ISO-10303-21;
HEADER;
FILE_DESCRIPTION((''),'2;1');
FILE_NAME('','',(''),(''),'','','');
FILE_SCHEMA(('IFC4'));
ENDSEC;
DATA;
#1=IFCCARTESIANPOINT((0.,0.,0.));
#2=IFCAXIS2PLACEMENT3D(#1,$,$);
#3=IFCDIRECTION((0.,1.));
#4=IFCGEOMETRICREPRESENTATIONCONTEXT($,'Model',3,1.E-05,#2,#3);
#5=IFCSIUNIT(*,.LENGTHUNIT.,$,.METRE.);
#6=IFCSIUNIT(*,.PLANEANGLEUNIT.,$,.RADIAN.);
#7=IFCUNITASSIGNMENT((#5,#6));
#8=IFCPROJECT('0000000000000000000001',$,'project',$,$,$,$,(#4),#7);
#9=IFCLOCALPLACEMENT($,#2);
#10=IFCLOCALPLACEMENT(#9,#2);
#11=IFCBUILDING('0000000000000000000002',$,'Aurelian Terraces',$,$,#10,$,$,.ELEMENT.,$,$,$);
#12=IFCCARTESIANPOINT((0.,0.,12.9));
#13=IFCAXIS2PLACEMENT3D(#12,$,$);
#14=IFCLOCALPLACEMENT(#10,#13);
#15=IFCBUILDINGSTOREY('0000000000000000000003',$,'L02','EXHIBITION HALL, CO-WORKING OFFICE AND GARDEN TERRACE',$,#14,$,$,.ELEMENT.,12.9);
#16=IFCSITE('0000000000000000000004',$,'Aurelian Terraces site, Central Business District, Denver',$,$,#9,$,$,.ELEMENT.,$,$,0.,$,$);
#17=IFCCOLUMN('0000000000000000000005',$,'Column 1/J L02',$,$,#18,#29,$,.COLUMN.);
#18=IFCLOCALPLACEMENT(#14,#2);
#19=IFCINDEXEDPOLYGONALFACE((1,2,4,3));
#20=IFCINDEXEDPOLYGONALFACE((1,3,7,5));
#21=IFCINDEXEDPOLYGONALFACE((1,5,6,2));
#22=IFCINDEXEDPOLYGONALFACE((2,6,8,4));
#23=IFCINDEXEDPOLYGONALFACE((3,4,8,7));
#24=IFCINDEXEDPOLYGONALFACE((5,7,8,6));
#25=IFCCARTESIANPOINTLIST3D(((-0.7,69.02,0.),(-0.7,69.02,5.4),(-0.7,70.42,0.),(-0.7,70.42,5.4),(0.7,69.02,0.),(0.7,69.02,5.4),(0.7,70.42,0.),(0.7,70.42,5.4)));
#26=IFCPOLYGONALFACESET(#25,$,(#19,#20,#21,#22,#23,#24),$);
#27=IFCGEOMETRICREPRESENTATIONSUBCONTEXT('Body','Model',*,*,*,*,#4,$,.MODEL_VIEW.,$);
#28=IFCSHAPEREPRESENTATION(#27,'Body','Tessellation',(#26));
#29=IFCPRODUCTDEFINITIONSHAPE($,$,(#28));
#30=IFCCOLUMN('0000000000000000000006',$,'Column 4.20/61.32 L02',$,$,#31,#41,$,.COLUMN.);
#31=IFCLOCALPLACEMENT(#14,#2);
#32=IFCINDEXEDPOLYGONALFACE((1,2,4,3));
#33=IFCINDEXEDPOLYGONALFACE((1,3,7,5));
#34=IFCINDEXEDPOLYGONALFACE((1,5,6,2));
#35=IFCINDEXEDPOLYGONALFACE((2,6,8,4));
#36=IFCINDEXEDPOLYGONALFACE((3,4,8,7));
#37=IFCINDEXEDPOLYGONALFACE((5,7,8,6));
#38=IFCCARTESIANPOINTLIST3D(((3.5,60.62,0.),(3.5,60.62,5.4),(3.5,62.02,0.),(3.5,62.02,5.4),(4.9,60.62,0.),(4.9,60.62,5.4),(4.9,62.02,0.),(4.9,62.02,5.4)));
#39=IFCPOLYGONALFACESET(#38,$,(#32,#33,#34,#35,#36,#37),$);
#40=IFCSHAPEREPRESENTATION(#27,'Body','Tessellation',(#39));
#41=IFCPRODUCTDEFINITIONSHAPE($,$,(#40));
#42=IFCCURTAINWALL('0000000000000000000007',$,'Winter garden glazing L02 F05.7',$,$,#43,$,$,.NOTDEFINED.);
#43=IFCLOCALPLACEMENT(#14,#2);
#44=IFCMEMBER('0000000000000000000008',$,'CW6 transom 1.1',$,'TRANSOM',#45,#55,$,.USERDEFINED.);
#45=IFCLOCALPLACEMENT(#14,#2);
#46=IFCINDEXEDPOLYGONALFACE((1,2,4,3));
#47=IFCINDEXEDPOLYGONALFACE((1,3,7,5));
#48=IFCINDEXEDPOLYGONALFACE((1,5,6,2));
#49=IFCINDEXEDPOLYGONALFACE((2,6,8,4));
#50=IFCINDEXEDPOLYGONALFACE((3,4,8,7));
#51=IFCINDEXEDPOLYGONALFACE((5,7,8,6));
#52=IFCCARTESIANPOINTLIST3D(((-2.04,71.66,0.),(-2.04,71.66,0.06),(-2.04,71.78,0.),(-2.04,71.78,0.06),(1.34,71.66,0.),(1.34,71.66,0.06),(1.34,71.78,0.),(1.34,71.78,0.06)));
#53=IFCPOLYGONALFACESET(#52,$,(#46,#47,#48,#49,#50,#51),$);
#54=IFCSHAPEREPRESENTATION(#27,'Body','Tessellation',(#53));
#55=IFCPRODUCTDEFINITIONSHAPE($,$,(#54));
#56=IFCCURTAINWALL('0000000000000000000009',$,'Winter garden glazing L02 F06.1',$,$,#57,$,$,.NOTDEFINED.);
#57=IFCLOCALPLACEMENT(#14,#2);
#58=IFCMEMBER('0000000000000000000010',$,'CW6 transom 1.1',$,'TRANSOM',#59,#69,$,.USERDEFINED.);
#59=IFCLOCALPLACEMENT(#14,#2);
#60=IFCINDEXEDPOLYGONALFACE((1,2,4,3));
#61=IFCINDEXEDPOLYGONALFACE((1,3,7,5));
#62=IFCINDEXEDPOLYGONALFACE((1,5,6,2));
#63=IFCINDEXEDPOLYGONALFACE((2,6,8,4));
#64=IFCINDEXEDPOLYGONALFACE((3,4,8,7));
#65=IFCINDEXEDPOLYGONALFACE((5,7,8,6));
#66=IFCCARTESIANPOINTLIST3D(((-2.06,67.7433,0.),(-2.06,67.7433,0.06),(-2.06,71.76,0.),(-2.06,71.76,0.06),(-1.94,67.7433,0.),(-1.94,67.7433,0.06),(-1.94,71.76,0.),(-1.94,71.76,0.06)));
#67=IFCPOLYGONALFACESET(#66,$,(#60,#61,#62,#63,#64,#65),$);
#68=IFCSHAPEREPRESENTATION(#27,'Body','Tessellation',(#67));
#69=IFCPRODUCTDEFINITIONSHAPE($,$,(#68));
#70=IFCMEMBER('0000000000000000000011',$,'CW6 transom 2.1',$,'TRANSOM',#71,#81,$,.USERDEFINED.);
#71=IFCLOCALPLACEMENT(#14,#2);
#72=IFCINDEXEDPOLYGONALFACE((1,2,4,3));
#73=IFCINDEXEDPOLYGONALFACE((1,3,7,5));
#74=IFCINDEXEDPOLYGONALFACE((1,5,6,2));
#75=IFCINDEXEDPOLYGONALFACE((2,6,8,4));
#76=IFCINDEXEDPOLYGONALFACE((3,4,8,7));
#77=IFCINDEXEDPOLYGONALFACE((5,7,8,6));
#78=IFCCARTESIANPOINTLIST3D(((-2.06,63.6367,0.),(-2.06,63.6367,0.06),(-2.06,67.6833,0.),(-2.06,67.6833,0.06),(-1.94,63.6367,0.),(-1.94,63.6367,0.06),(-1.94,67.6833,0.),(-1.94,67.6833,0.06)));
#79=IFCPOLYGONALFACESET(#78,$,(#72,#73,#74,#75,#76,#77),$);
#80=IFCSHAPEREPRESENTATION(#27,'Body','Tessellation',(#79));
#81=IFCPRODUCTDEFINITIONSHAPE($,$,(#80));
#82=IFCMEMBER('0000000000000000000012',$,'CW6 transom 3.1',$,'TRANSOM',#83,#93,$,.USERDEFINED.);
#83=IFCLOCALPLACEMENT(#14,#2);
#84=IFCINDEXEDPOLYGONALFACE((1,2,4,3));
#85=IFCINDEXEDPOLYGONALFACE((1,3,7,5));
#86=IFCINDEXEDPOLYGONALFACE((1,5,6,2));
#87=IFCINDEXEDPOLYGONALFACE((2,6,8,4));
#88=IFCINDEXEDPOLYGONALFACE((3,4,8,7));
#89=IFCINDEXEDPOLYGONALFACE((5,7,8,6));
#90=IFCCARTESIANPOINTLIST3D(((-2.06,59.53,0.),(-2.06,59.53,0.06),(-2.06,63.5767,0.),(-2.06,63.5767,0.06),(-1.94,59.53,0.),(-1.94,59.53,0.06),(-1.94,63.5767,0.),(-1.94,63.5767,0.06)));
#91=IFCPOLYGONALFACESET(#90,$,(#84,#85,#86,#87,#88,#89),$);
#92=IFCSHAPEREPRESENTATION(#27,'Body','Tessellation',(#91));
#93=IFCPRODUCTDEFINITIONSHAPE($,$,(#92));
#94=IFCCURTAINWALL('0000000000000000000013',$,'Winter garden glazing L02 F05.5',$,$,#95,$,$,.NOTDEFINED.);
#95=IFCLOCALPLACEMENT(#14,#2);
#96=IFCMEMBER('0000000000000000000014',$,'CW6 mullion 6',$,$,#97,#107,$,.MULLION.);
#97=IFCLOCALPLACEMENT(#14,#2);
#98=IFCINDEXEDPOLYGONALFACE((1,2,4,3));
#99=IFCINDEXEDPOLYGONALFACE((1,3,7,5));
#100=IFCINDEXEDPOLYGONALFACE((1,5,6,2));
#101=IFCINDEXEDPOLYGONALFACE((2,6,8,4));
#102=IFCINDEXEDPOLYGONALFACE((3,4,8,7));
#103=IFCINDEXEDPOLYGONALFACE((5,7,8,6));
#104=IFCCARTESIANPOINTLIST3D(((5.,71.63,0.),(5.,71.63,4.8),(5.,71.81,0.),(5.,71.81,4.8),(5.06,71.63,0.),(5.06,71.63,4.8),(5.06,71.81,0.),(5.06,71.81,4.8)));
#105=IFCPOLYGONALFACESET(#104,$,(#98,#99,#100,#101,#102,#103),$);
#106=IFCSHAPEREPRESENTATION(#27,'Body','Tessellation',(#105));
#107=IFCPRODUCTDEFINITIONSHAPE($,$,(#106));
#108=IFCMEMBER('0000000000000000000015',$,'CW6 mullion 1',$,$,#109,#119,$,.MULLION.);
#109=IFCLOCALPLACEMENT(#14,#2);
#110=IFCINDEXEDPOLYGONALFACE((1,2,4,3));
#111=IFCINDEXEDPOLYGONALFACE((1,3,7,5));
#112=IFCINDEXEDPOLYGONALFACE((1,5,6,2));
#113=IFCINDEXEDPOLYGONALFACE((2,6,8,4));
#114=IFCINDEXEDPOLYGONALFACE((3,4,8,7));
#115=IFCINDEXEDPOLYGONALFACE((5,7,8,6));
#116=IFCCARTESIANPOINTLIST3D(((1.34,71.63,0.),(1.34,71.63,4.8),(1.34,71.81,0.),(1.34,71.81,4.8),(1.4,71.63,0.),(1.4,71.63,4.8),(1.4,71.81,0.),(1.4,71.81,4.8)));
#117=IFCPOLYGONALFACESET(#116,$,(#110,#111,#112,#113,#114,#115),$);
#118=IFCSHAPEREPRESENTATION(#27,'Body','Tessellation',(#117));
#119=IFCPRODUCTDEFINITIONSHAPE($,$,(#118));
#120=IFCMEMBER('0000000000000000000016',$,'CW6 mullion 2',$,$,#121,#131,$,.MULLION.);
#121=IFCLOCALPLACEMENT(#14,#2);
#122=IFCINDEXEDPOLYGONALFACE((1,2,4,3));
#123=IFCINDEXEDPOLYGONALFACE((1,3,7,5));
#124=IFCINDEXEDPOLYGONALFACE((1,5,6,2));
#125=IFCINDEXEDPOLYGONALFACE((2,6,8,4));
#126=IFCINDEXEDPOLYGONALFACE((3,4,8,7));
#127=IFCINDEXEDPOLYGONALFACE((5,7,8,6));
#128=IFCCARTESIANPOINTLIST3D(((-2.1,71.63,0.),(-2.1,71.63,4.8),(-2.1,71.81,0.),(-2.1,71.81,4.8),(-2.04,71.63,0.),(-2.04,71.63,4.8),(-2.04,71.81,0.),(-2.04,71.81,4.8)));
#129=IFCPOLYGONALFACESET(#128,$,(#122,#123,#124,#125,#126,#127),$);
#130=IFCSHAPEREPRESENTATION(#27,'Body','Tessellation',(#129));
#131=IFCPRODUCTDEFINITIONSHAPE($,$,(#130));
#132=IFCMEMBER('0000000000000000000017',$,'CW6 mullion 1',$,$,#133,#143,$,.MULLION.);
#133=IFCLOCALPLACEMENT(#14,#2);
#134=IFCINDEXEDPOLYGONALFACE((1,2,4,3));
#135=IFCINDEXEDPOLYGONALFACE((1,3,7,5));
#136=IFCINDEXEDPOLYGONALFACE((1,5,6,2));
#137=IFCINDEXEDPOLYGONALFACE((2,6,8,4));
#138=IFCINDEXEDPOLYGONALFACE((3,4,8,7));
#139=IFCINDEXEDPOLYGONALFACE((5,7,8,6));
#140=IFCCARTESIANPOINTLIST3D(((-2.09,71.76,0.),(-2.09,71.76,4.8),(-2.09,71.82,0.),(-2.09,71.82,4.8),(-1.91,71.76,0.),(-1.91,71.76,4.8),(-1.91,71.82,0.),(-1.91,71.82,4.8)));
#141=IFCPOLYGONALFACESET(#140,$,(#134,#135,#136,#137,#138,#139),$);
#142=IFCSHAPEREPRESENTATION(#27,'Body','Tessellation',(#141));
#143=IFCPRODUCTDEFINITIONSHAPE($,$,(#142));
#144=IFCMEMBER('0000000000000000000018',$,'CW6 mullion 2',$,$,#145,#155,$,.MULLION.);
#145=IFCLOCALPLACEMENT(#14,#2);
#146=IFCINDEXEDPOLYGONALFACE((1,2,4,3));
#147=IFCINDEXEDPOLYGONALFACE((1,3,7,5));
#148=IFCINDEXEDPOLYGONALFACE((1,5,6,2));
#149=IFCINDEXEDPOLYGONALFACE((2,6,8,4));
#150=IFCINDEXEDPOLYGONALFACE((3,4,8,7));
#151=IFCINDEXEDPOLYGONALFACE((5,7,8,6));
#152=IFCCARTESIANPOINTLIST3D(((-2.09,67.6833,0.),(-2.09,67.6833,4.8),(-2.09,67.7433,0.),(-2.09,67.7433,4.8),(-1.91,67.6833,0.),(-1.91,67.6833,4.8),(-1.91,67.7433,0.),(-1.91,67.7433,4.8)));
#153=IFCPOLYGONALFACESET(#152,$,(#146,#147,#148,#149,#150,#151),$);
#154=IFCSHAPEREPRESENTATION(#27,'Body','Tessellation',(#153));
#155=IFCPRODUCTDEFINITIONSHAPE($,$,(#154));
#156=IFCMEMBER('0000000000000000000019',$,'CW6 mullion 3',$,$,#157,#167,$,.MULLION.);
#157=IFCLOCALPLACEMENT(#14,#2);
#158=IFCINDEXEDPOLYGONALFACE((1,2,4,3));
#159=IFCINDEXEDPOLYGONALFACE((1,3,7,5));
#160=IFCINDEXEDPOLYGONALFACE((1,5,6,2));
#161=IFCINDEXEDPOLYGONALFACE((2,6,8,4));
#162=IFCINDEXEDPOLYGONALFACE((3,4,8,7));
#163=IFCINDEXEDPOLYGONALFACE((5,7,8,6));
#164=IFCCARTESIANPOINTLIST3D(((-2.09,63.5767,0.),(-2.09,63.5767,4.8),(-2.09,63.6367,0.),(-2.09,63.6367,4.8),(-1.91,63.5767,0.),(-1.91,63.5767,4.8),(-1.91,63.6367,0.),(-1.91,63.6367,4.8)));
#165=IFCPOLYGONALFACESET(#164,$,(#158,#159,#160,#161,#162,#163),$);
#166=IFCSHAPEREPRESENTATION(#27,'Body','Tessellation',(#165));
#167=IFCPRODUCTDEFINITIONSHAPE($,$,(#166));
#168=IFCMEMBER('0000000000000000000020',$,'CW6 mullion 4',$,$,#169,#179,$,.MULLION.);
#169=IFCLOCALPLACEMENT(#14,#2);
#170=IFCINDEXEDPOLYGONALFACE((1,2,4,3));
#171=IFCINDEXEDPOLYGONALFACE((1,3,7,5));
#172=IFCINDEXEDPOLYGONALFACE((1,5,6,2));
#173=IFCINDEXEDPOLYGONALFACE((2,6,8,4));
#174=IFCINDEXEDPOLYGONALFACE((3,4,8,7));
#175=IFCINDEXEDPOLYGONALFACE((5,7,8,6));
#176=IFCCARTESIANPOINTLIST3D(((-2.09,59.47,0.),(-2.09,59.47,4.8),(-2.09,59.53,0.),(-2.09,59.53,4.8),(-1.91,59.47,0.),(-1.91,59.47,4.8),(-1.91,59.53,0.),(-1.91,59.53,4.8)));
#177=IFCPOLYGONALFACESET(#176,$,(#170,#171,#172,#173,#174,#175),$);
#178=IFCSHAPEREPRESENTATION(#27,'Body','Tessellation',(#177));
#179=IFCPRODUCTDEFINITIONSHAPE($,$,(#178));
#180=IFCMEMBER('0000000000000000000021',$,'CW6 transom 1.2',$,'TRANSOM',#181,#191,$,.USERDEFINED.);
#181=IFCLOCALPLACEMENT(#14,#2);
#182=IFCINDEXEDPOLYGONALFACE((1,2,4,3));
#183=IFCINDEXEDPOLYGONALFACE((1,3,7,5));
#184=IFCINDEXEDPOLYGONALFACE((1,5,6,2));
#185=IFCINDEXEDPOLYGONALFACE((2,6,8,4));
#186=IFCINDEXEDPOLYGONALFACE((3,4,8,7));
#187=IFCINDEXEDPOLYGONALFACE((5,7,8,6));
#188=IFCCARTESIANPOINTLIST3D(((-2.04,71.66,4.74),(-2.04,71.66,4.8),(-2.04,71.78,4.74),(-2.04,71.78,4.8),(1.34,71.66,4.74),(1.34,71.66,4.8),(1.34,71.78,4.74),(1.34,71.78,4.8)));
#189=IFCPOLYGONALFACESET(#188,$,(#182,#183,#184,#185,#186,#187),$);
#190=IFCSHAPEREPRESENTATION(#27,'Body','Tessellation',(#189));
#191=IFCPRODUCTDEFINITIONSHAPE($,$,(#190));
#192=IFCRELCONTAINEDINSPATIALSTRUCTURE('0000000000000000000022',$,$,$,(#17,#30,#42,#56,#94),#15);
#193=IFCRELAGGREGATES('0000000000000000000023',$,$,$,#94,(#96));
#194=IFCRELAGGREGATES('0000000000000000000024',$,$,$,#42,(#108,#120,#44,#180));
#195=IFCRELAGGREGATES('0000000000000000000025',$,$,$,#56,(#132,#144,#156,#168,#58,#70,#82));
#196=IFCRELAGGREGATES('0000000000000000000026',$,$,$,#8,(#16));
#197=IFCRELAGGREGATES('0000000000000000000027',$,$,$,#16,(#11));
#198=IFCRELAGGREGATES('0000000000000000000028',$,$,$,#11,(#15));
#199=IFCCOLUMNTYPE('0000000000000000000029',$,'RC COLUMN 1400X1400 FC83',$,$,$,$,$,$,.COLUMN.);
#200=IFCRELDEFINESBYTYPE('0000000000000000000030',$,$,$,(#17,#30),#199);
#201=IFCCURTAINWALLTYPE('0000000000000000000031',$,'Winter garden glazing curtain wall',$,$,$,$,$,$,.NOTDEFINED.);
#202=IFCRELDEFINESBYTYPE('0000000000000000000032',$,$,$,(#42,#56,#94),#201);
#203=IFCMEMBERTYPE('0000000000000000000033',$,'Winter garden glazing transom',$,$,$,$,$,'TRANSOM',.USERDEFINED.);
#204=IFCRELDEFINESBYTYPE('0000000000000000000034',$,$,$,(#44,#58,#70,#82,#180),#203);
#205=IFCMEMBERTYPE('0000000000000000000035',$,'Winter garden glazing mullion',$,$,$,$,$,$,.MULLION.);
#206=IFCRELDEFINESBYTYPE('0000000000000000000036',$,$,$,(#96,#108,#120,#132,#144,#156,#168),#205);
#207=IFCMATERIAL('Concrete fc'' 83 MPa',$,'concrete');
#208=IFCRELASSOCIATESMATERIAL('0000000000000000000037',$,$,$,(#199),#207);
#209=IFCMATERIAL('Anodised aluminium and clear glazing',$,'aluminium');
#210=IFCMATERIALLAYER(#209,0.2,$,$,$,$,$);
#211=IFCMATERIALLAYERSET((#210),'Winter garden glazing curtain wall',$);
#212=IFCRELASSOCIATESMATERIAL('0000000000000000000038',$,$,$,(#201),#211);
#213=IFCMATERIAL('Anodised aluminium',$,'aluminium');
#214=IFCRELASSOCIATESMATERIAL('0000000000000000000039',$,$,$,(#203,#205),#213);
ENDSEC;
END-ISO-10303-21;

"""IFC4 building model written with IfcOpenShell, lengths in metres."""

from ifc_helpers import new_model, si_unit, direction, frame, origin, origin_2d, place, context, subcontext, project, spatial, rectangle, extrude, source, transform, mapped, material, layer, layer_set, material_profile, profile_set, type_object, element, aggregate, save


model = new_model("IFC4")

# Units and contexts
model_context = context("Model", 3, precision=1e-05, world=origin(), true_north=direction((0.0, 1.0)))
body_context = subcontext(model_context, "Body", "Model", "MODEL_VIEW")
ifc_project = project(units=[si_unit("LENGTHUNIT", "METRE"), si_unit("PLANEANGLEUNIT", "RADIAN")], contexts=[model_context])

# Site, building, storey
site_placement = place(None, origin())
site = spatial("IfcSite", under=ifc_project, at=site_placement, Name="Aurelian Terraces site, Central Business District, Denver", CompositionType="ELEMENT", RefElevation=0.0)
building_placement = place(site_placement, origin())
building = spatial("IfcBuilding", under=site, at=building_placement, Name="Aurelian Terraces", CompositionType="ELEMENT")
storey_placement = place(building_placement, frame((0.0, 0.0, 12.9)))
storey = spatial("IfcBuildingStorey", under=building, at=storey_placement, Name="L02", Description="EXHIBITION HALL, CO-WORKING OFFICE AND GARDEN TERRACE", CompositionType="ELEMENT", Elevation=12.9)

# Columns
ifc_material_1 = material(Name="Concrete fc' 83 MPa", Category="concrete")
ifc_material_profile_1 = material_profile(ifc_material_1, rectangle(XDim=1.4, YDim=1.4, at=origin_2d()))
ifc_profile_set_1 = profile_set([ifc_material_profile_1], Name="Concrete fc' 83 MPa")
column_type = type_object("IfcColumnType", Name="RC COLUMN 1400X1400 FC83", PredefinedType="COLUMN", material=ifc_profile_set_1)
shared_shape_1 = source(origin(), body_context, "Body", "SweptSolid", [
    extrude(rectangle(XDim=1.4, YDim=1.4, at=origin_2d()), origin(), (0.0, 0.0, 1.0), 5.4),
])
for number, where, z_axis, x_axis, name in (
    (1, (0.0, 69.72, 0.0), (0.0, 0.0, 1.0), (1.0, 0.0, 0.0), "Column 1/J L02"),
    (2, (4.2, 61.32, 0.0), (0.0, 0.0, 1.0), (1.0, 0.0, 0.0), "Column 4.20/61.32 L02"),
):
    element("IfcColumn", number, at=place(storey_placement, frame(where, z_axis=z_axis, x_axis=x_axis)), inside=storey, type_object=column_type, Name=name, PredefinedType="COLUMN", context=body_context, shape_type="MappedRepresentation", body=[
        mapped(shared_shape_1, transform((0.0, 0.0, 0.0), scale=1.0)),
    ])

# Curtain wall, member
ifc_material_2 = material(Name="Anodised aluminium and clear glazing", Category="aluminium")
ifc_layer_1 = layer(ifc_material_2, 0.2)
ifc_layer_set_1 = layer_set([ifc_layer_1], Name="Winter garden glazing curtain wall")
curtain_wall_type = type_object("IfcCurtainWallType", Name="Winter garden glazing curtain wall", PredefinedType="NOTDEFINED", material=ifc_layer_set_1)
curtain_wall_1_placement = place(storey_placement, origin())
curtain_wall_1 = element("IfcCurtainWall", 3, at=curtain_wall_1_placement, inside=storey, type_object=curtain_wall_type, Name="Winter garden glazing L02 F05.7", PredefinedType="NOTDEFINED")
ifc_material_3 = material(Name="Anodised aluminium", Category="aluminium")
ifc_material_profile_2 = material_profile(ifc_material_3, rectangle(XDim=0.12, YDim=0.06, at=origin_2d()))
ifc_profile_set_2 = profile_set([ifc_material_profile_2], Name="Anodised aluminium")
member_type_1 = type_object("IfcMemberType", Name="Winter garden glazing transom", ElementType="TRANSOM", PredefinedType="USERDEFINED", material=ifc_profile_set_2)
member_1_placement = place(storey_placement, frame((1.34, 71.72, 0.03), z_axis=(-1.0, 0.0, 0.0), x_axis=(0.0, -1.0, 0.0)))
member_1 = element("IfcMember", 4, at=member_1_placement, type_object=member_type_1, Name="CW6 transom 1.1", ObjectType="TRANSOM", PredefinedType="USERDEFINED", context=body_context, shape_type="SweptSolid", body=[
    extrude(rectangle(XDim=0.12, YDim=0.06, at=origin_2d()), origin(), (0.0, 0.0, 1.0), 3.38),
])

# Curtain wall, members
curtain_wall_2_placement = place(storey_placement, origin())
curtain_wall_2 = element("IfcCurtainWall", 5, at=curtain_wall_2_placement, inside=storey, type_object=curtain_wall_type, Name="Winter garden glazing L02 F06.1", PredefinedType="NOTDEFINED")
member_2_placement = place(storey_placement, frame((-2.0, 71.76, 0.03), z_axis=(0.0, -1.0, 0.0), x_axis=(1.0, 0.0, 0.0)))
member_2 = element("IfcMember", 6, at=member_2_placement, type_object=member_type_1, Name="CW6 transom 1.1", ObjectType="TRANSOM", PredefinedType="USERDEFINED", context=body_context, shape_type="SweptSolid", body=[
    extrude(rectangle(XDim=0.12, YDim=0.06, at=origin_2d()), origin(), (0.0, 0.0, 1.0), 4.0167),
])
member_3_placement = place(storey_placement, frame((-2.0, 67.6833, 0.03), z_axis=(0.0, -1.0, 0.0), x_axis=(1.0, 0.0, 0.0)))
member_3 = element("IfcMember", 7, at=member_3_placement, type_object=member_type_1, Name="CW6 transom 2.1", ObjectType="TRANSOM", PredefinedType="USERDEFINED", context=body_context, shape_type="SweptSolid", body=[
    extrude(rectangle(XDim=0.12, YDim=0.06, at=origin_2d()), origin(), (0.0, 0.0, 1.0), 4.0466),
])
member_4_placement = place(storey_placement, frame((-2.0, 63.5767, 0.03), z_axis=(0.0, -1.0, 0.0), x_axis=(1.0, 0.0, 0.0)))
member_4 = element("IfcMember", 8, at=member_4_placement, type_object=member_type_1, Name="CW6 transom 3.1", ObjectType="TRANSOM", PredefinedType="USERDEFINED", context=body_context, shape_type="SweptSolid", body=[
    extrude(rectangle(XDim=0.12, YDim=0.06, at=origin_2d()), origin(), (0.0, 0.0, 1.0), 4.0467),
])

# Curtain wall, member
curtain_wall_3_placement = place(storey_placement, origin())
curtain_wall_3 = element("IfcCurtainWall", 9, at=curtain_wall_3_placement, inside=storey, type_object=curtain_wall_type, Name="Winter garden glazing L02 F05.5", PredefinedType="NOTDEFINED")
ifc_material_profile_3 = material_profile(ifc_material_3, rectangle(XDim=0.18, YDim=0.06, at=origin_2d()))
ifc_profile_set_3 = profile_set([ifc_material_profile_3], Name="Anodised aluminium")
member_type_2 = type_object("IfcMemberType", Name="Winter garden glazing mullion", PredefinedType="MULLION", material=ifc_profile_set_3)
shared_shape_2 = source(origin(), body_context, "Body", "SweptSolid", [
    extrude(rectangle(XDim=0.18, YDim=0.06, at=origin_2d()), origin(), (0.0, 0.0, 1.0), 4.8),
])
member_5_placement = place(storey_placement, frame((5.03, 71.72, 0.0), z_axis=(0.0, 0.0, 1.0), x_axis=(0.0, -1.0, 0.0)))
member_5 = element("IfcMember", 10, at=member_5_placement, type_object=member_type_2, Name="CW6 mullion 6", PredefinedType="MULLION", context=body_context, shape_type="MappedRepresentation", body=[
    mapped(shared_shape_2, transform((0.0, 0.0, 0.0), scale=1.0)),
])
aggregate(curtain_wall_3, [member_5])

# Members
member_6_placement = place(storey_placement, frame((1.37, 71.72, 0.0), z_axis=(0.0, 0.0, 1.0), x_axis=(0.0, -1.0, 0.0)))
member_6 = element("IfcMember", 11, at=member_6_placement, type_object=member_type_2, Name="CW6 mullion 1", PredefinedType="MULLION", context=body_context, shape_type="MappedRepresentation", body=[
    mapped(shared_shape_2, transform((0.0, 0.0, 0.0), scale=1.0)),
])
member_7_placement = place(storey_placement, frame((-2.07, 71.72, 0.0), z_axis=(0.0, 0.0, 1.0), x_axis=(0.0, -1.0, 0.0)))
member_7 = element("IfcMember", 12, at=member_7_placement, type_object=member_type_2, Name="CW6 mullion 2", PredefinedType="MULLION", context=body_context, shape_type="MappedRepresentation", body=[
    mapped(shared_shape_2, transform((0.0, 0.0, 0.0), scale=1.0)),
])
member_8_placement = place(storey_placement, frame((-2.0, 71.79, 0.0), z_axis=(0.0, 0.0, 1.0), x_axis=(1.0, 0.0, 0.0)))
member_8 = element("IfcMember", 13, at=member_8_placement, type_object=member_type_2, Name="CW6 mullion 1", PredefinedType="MULLION", context=body_context, shape_type="MappedRepresentation", body=[
    mapped(shared_shape_2, transform((0.0, 0.0, 0.0), scale=1.0)),
])
member_9_placement = place(storey_placement, frame((-2.0, 67.7133, 0.0), z_axis=(0.0, 0.0, 1.0), x_axis=(1.0, 0.0, 0.0)))
member_9 = element("IfcMember", 14, at=member_9_placement, type_object=member_type_2, Name="CW6 mullion 2", PredefinedType="MULLION", context=body_context, shape_type="MappedRepresentation", body=[
    mapped(shared_shape_2, transform((0.0, 0.0, 0.0), scale=1.0)),
])
member_10_placement = place(storey_placement, frame((-2.0, 63.6067, 0.0), z_axis=(0.0, 0.0, 1.0), x_axis=(1.0, 0.0, 0.0)))
member_10 = element("IfcMember", 15, at=member_10_placement, type_object=member_type_2, Name="CW6 mullion 3", PredefinedType="MULLION", context=body_context, shape_type="MappedRepresentation", body=[
    mapped(shared_shape_2, transform((0.0, 0.0, 0.0), scale=1.0)),
])
member_11_placement = place(storey_placement, frame((-2.0, 59.5, 0.0), z_axis=(0.0, 0.0, 1.0), x_axis=(1.0, 0.0, 0.0)))
member_11 = element("IfcMember", 16, at=member_11_placement, type_object=member_type_2, Name="CW6 mullion 4", PredefinedType="MULLION", context=body_context, shape_type="MappedRepresentation", body=[
    mapped(shared_shape_2, transform((0.0, 0.0, 0.0), scale=1.0)),
])
shared_shape_3 = source(origin(), body_context, "Body", "SweptSolid", [
    extrude(rectangle(XDim=0.12, YDim=0.06, at=origin_2d()), origin(), (0.0, 0.0, 1.0), 3.38),
])
member_12_placement = place(storey_placement, frame((1.34, 71.72, 4.77), z_axis=(-1.0, 0.0, 0.0), x_axis=(0.0, -1.0, 0.0)))
member_12 = element("IfcMember", 17, at=member_12_placement, type_object=member_type_1, Name="CW6 transom 1.2", ObjectType="TRANSOM", PredefinedType="USERDEFINED", context=body_context, shape_type="MappedRepresentation", body=[
    mapped(shared_shape_3, transform((0.0, 0.0, 0.0), scale=1.0)),
])

aggregate(curtain_wall_1, [member_6, member_7, member_1, member_12])
aggregate(curtain_wall_2, [member_8, member_9, member_10, member_11, member_2, member_3, member_4])

save(model, "model.ifc")
